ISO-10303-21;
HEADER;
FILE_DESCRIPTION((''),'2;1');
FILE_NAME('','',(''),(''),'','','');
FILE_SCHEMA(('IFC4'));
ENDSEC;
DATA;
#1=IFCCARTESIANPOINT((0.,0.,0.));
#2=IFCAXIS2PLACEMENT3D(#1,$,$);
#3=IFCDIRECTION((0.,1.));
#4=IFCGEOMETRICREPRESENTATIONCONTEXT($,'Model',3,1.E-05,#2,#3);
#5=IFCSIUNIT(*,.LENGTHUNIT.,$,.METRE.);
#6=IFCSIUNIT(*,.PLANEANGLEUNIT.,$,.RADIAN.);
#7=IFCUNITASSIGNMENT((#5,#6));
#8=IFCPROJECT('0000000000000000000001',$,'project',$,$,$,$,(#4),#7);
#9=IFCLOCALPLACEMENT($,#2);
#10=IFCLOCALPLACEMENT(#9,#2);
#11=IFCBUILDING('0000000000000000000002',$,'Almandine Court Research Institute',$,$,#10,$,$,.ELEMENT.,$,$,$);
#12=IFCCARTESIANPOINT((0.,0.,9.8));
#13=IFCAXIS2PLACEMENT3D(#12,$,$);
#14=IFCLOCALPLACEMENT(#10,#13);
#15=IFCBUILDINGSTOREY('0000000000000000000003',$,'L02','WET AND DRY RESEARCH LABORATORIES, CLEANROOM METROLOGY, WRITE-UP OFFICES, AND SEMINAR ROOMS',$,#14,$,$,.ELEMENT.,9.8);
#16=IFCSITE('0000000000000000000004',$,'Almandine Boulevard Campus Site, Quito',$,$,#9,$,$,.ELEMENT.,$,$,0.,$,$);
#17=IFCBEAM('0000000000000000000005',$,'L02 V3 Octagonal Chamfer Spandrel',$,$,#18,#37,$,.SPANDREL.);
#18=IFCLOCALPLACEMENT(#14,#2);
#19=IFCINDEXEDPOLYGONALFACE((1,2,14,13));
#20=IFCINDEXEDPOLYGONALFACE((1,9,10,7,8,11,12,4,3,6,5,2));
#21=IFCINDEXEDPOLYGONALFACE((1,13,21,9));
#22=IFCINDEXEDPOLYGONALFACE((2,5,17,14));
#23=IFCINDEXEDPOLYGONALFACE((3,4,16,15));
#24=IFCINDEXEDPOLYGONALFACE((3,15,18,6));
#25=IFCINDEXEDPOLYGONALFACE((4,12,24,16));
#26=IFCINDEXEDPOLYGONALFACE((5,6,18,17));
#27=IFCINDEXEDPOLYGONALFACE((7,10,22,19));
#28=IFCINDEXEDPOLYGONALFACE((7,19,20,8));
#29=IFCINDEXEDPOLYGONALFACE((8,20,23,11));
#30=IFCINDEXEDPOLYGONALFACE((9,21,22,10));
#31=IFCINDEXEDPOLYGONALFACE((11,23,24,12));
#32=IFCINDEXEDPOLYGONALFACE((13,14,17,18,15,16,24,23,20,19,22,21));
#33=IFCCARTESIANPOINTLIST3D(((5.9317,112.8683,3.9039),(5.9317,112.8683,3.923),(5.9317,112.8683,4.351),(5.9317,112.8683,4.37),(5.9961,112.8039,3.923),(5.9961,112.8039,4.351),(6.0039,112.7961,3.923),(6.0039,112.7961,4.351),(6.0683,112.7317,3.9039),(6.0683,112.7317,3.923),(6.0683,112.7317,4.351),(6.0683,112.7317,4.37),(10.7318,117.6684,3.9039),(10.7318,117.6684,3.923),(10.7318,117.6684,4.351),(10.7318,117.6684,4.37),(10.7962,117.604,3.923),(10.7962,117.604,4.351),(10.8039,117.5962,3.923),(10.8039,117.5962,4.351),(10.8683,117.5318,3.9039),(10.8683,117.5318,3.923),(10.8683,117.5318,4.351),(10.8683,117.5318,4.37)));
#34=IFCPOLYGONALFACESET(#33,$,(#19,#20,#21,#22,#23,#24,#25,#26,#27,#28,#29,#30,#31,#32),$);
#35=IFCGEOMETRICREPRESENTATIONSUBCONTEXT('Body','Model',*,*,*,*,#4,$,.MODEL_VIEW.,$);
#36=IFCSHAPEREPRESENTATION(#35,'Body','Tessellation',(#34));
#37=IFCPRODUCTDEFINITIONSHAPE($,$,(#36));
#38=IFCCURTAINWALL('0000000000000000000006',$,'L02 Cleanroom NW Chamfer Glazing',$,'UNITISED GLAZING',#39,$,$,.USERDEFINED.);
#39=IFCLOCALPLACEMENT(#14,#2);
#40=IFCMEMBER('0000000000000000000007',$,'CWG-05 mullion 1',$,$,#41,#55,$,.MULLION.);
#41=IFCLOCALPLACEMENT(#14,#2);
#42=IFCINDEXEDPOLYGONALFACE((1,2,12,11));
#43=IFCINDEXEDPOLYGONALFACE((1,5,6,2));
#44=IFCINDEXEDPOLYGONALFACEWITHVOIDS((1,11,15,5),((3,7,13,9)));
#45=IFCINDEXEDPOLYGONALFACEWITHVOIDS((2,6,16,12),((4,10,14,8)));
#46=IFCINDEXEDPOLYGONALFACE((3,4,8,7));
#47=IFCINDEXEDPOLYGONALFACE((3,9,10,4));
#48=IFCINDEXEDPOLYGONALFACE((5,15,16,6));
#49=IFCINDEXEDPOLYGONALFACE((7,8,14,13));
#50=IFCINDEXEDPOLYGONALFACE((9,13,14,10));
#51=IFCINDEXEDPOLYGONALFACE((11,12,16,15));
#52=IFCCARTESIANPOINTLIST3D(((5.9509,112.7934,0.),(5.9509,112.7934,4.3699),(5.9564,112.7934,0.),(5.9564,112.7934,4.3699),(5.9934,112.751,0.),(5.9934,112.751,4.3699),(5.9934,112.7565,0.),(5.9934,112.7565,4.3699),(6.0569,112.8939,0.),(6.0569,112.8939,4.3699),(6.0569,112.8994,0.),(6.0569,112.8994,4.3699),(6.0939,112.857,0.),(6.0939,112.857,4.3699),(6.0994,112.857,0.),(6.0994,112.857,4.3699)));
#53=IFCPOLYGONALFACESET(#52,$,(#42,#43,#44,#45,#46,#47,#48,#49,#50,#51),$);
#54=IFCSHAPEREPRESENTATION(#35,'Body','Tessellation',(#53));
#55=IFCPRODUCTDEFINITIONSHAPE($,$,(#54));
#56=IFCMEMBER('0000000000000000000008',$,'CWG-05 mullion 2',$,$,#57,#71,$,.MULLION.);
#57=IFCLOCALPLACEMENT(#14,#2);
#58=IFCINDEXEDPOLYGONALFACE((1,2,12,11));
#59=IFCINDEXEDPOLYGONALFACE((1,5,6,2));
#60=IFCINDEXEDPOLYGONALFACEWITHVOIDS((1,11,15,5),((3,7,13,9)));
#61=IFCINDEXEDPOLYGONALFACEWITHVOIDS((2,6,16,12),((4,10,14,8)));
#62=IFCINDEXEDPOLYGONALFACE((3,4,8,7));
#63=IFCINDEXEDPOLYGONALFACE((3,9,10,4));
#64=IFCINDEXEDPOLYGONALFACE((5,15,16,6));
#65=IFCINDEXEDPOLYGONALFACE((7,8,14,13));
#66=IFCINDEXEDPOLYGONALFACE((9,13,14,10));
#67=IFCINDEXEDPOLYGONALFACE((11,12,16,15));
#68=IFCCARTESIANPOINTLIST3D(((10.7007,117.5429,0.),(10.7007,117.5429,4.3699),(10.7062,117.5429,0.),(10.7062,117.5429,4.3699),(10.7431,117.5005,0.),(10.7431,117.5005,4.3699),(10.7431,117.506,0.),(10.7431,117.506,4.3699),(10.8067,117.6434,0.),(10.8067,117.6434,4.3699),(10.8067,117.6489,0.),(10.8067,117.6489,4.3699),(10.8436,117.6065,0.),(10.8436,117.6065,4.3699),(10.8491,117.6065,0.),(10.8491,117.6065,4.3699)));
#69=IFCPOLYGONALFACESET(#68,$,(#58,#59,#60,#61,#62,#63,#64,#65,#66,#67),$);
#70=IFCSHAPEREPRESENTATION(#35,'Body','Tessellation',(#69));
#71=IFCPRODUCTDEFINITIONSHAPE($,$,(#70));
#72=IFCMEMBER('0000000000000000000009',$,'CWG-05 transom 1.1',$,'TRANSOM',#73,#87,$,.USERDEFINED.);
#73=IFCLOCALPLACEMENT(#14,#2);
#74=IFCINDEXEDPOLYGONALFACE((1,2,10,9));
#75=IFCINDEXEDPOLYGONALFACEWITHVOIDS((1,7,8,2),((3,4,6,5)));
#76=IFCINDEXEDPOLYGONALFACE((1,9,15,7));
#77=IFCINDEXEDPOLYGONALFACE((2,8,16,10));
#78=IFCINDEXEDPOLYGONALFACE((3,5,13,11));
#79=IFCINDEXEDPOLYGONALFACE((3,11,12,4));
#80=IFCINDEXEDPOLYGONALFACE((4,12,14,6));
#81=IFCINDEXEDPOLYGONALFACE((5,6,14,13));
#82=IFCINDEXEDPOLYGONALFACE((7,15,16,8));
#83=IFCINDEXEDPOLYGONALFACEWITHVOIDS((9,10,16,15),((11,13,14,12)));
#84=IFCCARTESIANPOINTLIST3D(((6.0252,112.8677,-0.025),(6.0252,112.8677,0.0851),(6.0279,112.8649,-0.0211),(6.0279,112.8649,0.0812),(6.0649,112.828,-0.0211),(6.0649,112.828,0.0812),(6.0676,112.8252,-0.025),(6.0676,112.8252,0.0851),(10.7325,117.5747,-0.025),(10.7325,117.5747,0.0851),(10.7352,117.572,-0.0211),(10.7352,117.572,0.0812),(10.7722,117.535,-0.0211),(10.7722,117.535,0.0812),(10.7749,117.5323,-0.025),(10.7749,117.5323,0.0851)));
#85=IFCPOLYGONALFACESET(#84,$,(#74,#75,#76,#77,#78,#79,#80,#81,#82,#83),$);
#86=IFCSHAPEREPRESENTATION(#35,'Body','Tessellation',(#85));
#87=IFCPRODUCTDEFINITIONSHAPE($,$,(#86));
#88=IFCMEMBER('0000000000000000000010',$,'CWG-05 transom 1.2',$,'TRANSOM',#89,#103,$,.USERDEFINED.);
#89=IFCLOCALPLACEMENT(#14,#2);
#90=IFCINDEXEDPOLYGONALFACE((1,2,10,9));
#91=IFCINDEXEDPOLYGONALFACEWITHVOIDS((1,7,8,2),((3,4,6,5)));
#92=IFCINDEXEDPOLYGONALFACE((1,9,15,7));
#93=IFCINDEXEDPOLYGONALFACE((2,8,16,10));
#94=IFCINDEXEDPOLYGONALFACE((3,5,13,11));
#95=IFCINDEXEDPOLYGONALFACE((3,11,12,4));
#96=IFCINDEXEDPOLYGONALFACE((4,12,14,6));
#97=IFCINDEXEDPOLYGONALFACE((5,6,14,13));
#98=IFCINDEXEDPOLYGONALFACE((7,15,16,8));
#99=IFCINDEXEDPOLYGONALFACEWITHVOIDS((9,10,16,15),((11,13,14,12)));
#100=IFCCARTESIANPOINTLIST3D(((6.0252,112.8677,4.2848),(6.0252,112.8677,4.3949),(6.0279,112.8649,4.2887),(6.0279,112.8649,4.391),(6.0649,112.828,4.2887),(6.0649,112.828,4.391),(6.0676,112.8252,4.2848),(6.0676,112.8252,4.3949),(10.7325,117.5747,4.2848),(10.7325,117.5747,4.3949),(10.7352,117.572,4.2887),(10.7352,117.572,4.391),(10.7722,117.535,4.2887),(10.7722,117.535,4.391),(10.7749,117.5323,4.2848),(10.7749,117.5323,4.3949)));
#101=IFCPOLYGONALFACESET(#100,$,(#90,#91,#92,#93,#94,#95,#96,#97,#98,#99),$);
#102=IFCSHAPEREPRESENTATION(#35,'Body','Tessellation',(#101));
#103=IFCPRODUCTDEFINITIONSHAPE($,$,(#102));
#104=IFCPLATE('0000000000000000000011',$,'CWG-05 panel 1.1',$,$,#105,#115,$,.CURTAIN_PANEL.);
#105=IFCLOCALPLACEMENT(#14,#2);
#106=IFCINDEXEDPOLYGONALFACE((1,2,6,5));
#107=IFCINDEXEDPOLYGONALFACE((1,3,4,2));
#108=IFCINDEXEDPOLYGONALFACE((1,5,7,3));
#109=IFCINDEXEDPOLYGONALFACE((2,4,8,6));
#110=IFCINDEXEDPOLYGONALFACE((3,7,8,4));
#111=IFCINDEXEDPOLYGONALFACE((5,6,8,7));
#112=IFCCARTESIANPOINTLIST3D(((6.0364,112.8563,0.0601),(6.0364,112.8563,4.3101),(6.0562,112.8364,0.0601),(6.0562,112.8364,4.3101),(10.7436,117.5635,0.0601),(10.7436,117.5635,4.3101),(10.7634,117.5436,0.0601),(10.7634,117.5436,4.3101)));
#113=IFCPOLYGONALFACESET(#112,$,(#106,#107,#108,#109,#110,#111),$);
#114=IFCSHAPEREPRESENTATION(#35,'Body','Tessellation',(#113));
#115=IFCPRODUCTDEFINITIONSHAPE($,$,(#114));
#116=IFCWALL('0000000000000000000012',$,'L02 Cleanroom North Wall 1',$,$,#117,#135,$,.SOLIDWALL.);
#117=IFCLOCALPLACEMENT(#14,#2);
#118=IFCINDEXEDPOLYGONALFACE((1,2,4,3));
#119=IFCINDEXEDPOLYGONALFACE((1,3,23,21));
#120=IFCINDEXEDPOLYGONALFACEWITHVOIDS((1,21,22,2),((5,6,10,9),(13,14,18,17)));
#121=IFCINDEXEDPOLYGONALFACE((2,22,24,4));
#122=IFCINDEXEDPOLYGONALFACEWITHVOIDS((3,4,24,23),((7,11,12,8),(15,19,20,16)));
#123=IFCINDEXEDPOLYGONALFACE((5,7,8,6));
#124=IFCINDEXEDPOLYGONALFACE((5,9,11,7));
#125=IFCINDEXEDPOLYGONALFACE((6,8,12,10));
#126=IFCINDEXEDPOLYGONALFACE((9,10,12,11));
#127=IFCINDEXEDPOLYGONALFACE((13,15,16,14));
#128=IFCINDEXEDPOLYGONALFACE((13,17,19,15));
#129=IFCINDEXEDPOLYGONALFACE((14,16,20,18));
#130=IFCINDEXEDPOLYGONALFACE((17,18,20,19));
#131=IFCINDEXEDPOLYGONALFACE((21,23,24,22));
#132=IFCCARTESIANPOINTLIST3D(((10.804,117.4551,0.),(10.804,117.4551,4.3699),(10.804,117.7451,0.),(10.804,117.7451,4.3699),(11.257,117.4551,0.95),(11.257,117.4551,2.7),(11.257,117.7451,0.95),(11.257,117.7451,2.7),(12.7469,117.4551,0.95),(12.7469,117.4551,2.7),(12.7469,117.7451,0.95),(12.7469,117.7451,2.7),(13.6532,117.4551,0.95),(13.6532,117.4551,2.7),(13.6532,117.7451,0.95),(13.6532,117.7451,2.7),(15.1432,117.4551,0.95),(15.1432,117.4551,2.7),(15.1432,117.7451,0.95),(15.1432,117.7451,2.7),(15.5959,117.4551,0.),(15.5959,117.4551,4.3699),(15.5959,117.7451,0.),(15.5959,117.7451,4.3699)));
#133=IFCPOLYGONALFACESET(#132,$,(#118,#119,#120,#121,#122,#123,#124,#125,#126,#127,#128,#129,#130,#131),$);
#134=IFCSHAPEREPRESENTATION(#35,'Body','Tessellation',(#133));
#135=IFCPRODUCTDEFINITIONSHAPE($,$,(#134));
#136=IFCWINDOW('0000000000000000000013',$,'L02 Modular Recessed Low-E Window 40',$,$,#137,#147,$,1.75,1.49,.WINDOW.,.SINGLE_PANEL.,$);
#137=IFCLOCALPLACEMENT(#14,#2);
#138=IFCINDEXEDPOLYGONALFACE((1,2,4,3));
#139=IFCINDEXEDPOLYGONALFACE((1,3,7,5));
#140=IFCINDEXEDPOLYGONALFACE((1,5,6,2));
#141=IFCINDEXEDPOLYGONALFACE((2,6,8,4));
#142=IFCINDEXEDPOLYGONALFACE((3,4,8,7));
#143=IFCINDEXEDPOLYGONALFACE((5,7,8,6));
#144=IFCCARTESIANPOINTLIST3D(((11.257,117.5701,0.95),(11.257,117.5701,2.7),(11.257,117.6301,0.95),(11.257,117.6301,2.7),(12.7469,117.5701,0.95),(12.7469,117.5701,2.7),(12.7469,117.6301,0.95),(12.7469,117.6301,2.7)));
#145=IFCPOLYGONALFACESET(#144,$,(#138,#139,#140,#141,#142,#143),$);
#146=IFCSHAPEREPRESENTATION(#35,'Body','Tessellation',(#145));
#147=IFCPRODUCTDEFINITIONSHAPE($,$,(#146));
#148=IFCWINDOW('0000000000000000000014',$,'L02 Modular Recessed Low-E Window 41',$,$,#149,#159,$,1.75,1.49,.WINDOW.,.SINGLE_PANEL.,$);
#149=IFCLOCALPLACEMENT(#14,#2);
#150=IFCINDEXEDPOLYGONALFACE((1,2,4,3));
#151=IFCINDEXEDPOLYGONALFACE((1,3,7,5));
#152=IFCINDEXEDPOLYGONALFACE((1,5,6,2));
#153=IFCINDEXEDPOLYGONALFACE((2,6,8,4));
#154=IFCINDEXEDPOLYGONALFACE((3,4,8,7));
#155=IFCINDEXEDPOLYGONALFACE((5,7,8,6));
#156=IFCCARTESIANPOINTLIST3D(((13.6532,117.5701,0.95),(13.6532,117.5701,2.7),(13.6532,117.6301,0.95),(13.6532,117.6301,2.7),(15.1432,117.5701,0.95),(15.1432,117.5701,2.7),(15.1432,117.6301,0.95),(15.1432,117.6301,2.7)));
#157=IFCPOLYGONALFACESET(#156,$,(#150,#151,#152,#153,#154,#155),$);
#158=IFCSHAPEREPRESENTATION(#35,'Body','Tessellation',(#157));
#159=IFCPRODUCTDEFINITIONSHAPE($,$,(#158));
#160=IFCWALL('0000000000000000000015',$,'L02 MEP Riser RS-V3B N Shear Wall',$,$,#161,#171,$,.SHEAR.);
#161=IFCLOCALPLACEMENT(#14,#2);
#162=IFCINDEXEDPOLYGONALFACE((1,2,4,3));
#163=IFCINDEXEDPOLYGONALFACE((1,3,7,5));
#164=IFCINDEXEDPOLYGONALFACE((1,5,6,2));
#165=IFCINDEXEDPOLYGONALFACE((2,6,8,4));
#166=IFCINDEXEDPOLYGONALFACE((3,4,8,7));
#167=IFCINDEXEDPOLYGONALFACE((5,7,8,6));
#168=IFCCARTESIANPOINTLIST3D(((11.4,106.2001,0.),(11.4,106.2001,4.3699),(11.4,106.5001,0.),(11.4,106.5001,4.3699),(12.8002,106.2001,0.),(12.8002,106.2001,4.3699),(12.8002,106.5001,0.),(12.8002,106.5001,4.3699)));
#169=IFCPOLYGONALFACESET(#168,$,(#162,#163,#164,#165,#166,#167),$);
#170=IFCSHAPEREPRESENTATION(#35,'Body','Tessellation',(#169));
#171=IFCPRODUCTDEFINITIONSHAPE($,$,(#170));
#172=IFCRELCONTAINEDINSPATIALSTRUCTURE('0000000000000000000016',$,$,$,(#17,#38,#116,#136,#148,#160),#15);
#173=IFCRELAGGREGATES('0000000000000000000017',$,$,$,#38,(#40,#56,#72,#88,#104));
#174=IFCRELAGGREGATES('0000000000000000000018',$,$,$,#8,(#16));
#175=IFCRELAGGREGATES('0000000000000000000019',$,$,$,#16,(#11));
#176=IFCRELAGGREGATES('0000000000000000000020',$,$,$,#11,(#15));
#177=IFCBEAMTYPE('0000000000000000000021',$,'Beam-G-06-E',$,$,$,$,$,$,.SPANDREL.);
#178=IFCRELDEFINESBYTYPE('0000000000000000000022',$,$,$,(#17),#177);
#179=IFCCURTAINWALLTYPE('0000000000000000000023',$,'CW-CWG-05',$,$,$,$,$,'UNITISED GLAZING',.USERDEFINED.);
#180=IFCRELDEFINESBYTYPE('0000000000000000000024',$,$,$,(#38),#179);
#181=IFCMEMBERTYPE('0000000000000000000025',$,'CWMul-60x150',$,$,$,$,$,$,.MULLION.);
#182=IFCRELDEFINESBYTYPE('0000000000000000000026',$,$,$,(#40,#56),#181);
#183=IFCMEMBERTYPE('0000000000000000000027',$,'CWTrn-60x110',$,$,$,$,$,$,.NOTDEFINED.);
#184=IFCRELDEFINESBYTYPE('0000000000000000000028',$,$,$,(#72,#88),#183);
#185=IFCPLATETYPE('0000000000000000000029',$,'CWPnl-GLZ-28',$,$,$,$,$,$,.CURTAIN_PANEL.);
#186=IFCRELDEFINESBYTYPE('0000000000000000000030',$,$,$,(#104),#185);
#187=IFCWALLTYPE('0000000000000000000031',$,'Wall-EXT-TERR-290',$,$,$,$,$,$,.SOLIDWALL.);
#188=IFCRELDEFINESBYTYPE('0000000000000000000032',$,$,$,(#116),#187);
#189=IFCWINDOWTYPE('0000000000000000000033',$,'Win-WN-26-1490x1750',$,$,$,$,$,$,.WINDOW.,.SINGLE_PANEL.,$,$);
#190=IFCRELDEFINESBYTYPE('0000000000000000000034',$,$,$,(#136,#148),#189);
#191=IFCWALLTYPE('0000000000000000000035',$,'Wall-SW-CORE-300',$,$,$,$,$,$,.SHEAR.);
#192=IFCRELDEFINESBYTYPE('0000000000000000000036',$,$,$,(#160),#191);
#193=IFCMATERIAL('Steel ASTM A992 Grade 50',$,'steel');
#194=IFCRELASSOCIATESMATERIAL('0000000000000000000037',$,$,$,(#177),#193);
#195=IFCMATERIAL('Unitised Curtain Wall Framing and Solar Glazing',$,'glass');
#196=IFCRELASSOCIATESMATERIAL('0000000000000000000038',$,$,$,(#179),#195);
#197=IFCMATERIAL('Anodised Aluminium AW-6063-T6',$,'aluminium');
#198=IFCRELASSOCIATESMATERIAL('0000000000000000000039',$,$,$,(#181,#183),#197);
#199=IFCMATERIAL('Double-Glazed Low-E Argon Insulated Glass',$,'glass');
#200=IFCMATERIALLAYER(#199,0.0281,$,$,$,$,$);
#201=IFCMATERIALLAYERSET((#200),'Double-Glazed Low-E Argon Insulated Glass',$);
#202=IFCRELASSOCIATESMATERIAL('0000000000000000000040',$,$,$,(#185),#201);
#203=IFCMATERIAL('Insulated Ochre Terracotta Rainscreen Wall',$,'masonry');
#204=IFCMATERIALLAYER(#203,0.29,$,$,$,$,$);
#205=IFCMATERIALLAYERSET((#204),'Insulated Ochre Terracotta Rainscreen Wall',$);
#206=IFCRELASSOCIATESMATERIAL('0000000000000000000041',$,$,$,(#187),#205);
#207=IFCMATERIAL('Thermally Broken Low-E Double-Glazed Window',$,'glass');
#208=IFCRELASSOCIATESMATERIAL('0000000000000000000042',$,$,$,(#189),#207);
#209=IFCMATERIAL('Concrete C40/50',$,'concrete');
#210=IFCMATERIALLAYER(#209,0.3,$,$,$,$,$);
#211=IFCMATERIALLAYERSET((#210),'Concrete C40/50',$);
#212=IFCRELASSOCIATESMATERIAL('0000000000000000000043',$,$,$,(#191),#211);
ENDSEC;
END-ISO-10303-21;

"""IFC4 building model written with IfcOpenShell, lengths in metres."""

from ifc_helpers import new_model, si_unit, direction, frame, frame_2d, origin, origin_2d, place, context, subcontext, project, spatial, rectangle, hollow_rectangle, i_section, extrude, material, layer, layer_set, material_profile, profile_set, type_object, element, fill, aggregate, save


model = new_model("IFC4")

# Units and contexts
model_context = context("Model", 3, precision=1e-05, world=origin(), true_north=direction((0.0, 1.0)))
body_context = subcontext(model_context, "Body", "Model", "MODEL_VIEW")
ifc_project = project(units=[si_unit("LENGTHUNIT", "METRE"), si_unit("PLANEANGLEUNIT", "RADIAN")], contexts=[model_context])

# Site, building, storey
site_placement = place(None, origin())
site = spatial("IfcSite", under=ifc_project, at=site_placement, Name="Almandine Boulevard Campus Site, Quito", CompositionType="ELEMENT", RefElevation=0.0)
building_placement = place(site_placement, origin())
building = spatial("IfcBuilding", under=site, at=building_placement, Name="Almandine Court Research Institute", CompositionType="ELEMENT")
storey_placement = place(building_placement, frame((0.0, 0.0, 9.8)))
storey = spatial("IfcBuildingStorey", under=building, at=storey_placement, Name="L02", Description="WET AND DRY RESEARCH LABORATORIES, CLEANROOM METROLOGY, WRITE-UP OFFICES, AND SEMINAR ROOMS", CompositionType="ELEMENT", Elevation=9.8)

# Shared definitions
ifc_material_1 = material(Name="Steel ASTM A992 Grade 50", Category="steel")

# Beam
ifc_material_profile_1 = material_profile(ifc_material_1, i_section(OverallWidth=0.1931, OverallDepth=0.4661, WebThickness=0.011, FlangeThickness=0.019, at=origin_2d()), Name="W460x97")
ifc_profile_set_1 = profile_set([ifc_material_profile_1], Name="Steel ASTM A992 Grade 50")
beam_type_1 = type_object("IfcBeamType", Name="Beam-G-06-E", PredefinedType="SPANDREL", material=ifc_profile_set_1)
beam_1_placement = place(storey_placement, frame((10.8, 117.6001, 4.137), z_axis=(-0.707107, -0.707107, 0.0), x_axis=(0.707107, -0.707107, 0.0)))
element("IfcBeam", 1, at=beam_1_placement, inside=storey, type_object=beam_type_1, Name="L02 V3 Octagonal Chamfer Spandrel", PredefinedType="SPANDREL", context=body_context, shape_type="SweptSolid", body=[
    extrude(i_section(OverallWidth=0.1931, OverallDepth=0.4661, WebThickness=0.011, FlangeThickness=0.019, at=origin_2d()), origin(), (0.0, 0.0, 1.0), 6.7883),
])

# Curtain wall, members, plate
ifc_material_2 = material(Name="Unitised Curtain Wall Framing and Solar Glazing", Category="glass")
curtain_wall_type = type_object("IfcCurtainWallType", Name="CW-CWG-05", ElementType="UNITISED GLAZING", PredefinedType="USERDEFINED", material=ifc_material_2)
curtain_wall_placement = place(storey_placement, origin())
curtain_wall = element("IfcCurtainWall", 2, at=curtain_wall_placement, inside=storey, type_object=curtain_wall_type, Name="L02 Cleanroom NW Chamfer Glazing", ObjectType="UNITISED GLAZING", PredefinedType="USERDEFINED")
ifc_material_3 = material(Name="Anodised Aluminium AW-6063-T6", Category="aluminium")
ifc_material_profile_2 = material_profile(ifc_material_3, hollow_rectangle(XDim=0.0601, YDim=0.1499, WallThickness=0.0039, at=origin_2d()), Name="ALU RHS 60x150x4")
ifc_profile_set_2 = profile_set([ifc_material_profile_2], Name="Anodised Aluminium AW-6063-T6")
member_type_1 = type_object("IfcMemberType", Name="CWMul-60x150", PredefinedType="MULLION", material=ifc_profile_set_2)
member_1_placement = place(storey_placement, frame((6.0251, 112.8252, 0.0), z_axis=(0.0, 0.0, 1.0), x_axis=(-0.707107, 0.707107, 0.0)))
member_1 = element("IfcMember", 3, at=member_1_placement, type_object=member_type_1, Name="CWG-05 mullion 1", PredefinedType="MULLION", context=body_context, shape_type="SweptSolid", body=[
    extrude(hollow_rectangle(XDim=0.0601, YDim=0.1499, WallThickness=0.0039, at=origin_2d()), origin(), (0.0, 0.0, 1.0), 4.3699),
])
member_2_placement = place(storey_placement, frame((10.7749, 117.5747, 0.0), z_axis=(0.0, 0.0, 1.0), x_axis=(-0.707107, 0.707107, 0.0)))
member_2 = element("IfcMember", 4, at=member_2_placement, type_object=member_type_1, Name="CWG-05 mullion 2", PredefinedType="MULLION", context=body_context, shape_type="SweptSolid", body=[
    extrude(hollow_rectangle(XDim=0.0601, YDim=0.1499, WallThickness=0.0039, at=origin_2d()), origin(), (0.0, 0.0, 1.0), 4.3699),
])
ifc_material_profile_3 = material_profile(ifc_material_3, hollow_rectangle(XDim=0.0601, YDim=0.1101, WallThickness=0.0039, at=origin_2d()), Name="ALU RHS 60x110x4")
ifc_profile_set_3 = profile_set([ifc_material_profile_3], Name="Anodised Aluminium AW-6063-T6")
member_type_2 = type_object("IfcMemberType", Name="CWTrn-60x110", PredefinedType="NOTDEFINED", material=ifc_profile_set_3)
member_3_placement = place(storey_placement, frame((6.0464, 112.8464, 0.03), z_axis=(0.707125, 0.707088, 0.0), x_axis=(-0.707088, 0.707125, 0.0)))
member_3 = element("IfcMember", 5, at=member_3_placement, type_object=member_type_2, Name="CWG-05 transom 1.1", ObjectType="TRANSOM", PredefinedType="USERDEFINED", context=body_context, shape_type="SweptSolid", body=[
    extrude(hollow_rectangle(XDim=0.0601, YDim=0.1101, WallThickness=0.0039, at=origin_2d()), origin(), (0.0, 0.0, 1.0), 6.657),
])
member_4_placement = place(storey_placement, frame((6.0464, 112.8464, 4.3398), z_axis=(0.707125, 0.707088, 0.0), x_axis=(-0.707088, 0.707125, 0.0)))
member_4 = element("IfcMember", 6, at=member_4_placement, type_object=member_type_2, Name="CWG-05 transom 1.2", ObjectType="TRANSOM", PredefinedType="USERDEFINED", context=body_context, shape_type="SweptSolid", body=[
    extrude(hollow_rectangle(XDim=0.0601, YDim=0.1101, WallThickness=0.0039, at=origin_2d()), origin(), (0.0, 0.0, 1.0), 6.657),
])
ifc_material_4 = material(Name="Double-Glazed Low-E Argon Insulated Glass", Category="glass")
ifc_layer_1 = layer(ifc_material_4, 0.0281)
ifc_layer_set_1 = layer_set([ifc_layer_1], Name="Double-Glazed Low-E Argon Insulated Glass")
plate_type = type_object("IfcPlateType", Name="CWPnl-GLZ-28", PredefinedType="CURTAIN_PANEL", material=ifc_layer_set_1)
plate_placement = place(storey_placement, frame((8.3999, 115.2, 0.0601), z_axis=(0.0, 0.0, 1.0), x_axis=(0.707107, 0.707107, 0.0)))
plate = element("IfcPlate", 7, at=plate_placement, type_object=plate_type, Name="CWG-05 panel 1.1", PredefinedType="CURTAIN_PANEL", context=body_context, shape_type="SweptSolid", body=[
    extrude(rectangle(XDim=6.657, YDim=0.0281, at=origin_2d()), origin(), (0.0, 0.0, 1.0), 4.25),
])
aggregate(curtain_wall, [member_1, member_2, member_3, member_4, plate])

# Wall, openings, windows
ifc_material_5 = material(Name="Insulated Ochre Terracotta Rainscreen Wall", Category="masonry")
ifc_layer_2 = layer(ifc_material_5, 0.29)
ifc_layer_set_2 = layer_set([ifc_layer_2], Name="Insulated Ochre Terracotta Rainscreen Wall")
wall_type_1 = type_object("IfcWallType", Name="Wall-EXT-TERR-290", PredefinedType="SOLIDWALL", material=ifc_layer_set_2)
wall_1_placement = place(storey_placement, frame((10.804, 117.6001, 0.0), z_axis=(0.0, 0.0, 1.0), x_axis=(1.0, 0.0, 0.0)))
wall_1 = element("IfcWall", 8, at=wall_1_placement, inside=storey, type_object=wall_type_1, Name="L02 Cleanroom North Wall 1", PredefinedType="SOLIDWALL", context=body_context, shape_type="SweptSolid", body=[
    extrude(rectangle(XDim=4.792, YDim=0.29, at=frame_2d((2.396, 0.0))), origin(), (0.0, 0.0, 1.0), 4.3699),
])
opening_1_placement = place(wall_1_placement, frame((0.4529, 0.0, 0.95)))
opening_1 = element("IfcOpeningElement", 9, at=opening_1_placement, cuts=wall_1, PredefinedType="OPENING", context=body_context, shape_type="SweptSolid", body=[
    extrude(rectangle(XDim=1.49, YDim=1.75, at=frame_2d((0.7451, 0.875))), frame((0.0, 0.155, 0.0), z_axis=(0.0, -1.0, 0.0), x_axis=(1.0, 0.0, 0.0)), (0.0, 0.0, 1.0), 0.3101),
])
opening_2_placement = place(wall_1_placement, frame((2.8491, 0.0, 0.95)))
opening_2 = element("IfcOpeningElement", 10, at=opening_2_placement, cuts=wall_1, PredefinedType="OPENING", context=body_context, shape_type="SweptSolid", body=[
    extrude(rectangle(XDim=1.49, YDim=1.75, at=frame_2d((0.7451, 0.875))), frame((0.0, 0.155, 0.0), z_axis=(0.0, -1.0, 0.0), x_axis=(1.0, 0.0, 0.0)), (0.0, 0.0, 1.0), 0.3101),
])
ifc_material_6 = material(Name="Thermally Broken Low-E Double-Glazed Window", Category="glass")
window_type = type_object("IfcWindowType", Name="Win-WN-26-1490x1750", PartitioningType="SINGLE_PANEL", PredefinedType="WINDOW", material=ifc_material_6)
window_1_placement = place(opening_1_placement, origin())
window_1 = element("IfcWindow", 11, at=window_1_placement, inside=storey, type_object=window_type, Name="L02 Modular Recessed Low-E Window 40", OverallHeight=1.75, OverallWidth=1.49, PartitioningType="SINGLE_PANEL", PredefinedType="WINDOW", context=body_context, shape_type="SweptSolid", body=[
    extrude(rectangle(XDim=1.49, YDim=1.75, at=frame_2d((0.7451, 0.875))), frame((0.0, 0.03, 0.0), z_axis=(0.0, -1.0, 0.0), x_axis=(1.0, 0.0, 0.0)), (0.0, 0.0, 1.0), 0.0601),
])
fill(opening_1, window_1)
window_2_placement = place(opening_2_placement, origin())
window_2 = element("IfcWindow", 12, at=window_2_placement, inside=storey, type_object=window_type, Name="L02 Modular Recessed Low-E Window 41", OverallHeight=1.75, OverallWidth=1.49, PartitioningType="SINGLE_PANEL", PredefinedType="WINDOW", context=body_context, shape_type="SweptSolid", body=[
    extrude(rectangle(XDim=1.49, YDim=1.75, at=frame_2d((0.7451, 0.875))), frame((0.0, 0.03, 0.0), z_axis=(0.0, -1.0, 0.0), x_axis=(1.0, 0.0, 0.0)), (0.0, 0.0, 1.0), 0.0601),
])
fill(opening_2, window_2)

# Wall
ifc_material_7 = material(Name="Concrete C40/50", Category="concrete")
ifc_layer_3 = layer(ifc_material_7, 0.3)
ifc_layer_set_3 = layer_set([ifc_layer_3], Name="Concrete C40/50")
wall_type_2 = type_object("IfcWallType", Name="Wall-SW-CORE-300", PredefinedType="SHEAR", material=ifc_layer_set_3)
wall_2_placement = place(storey_placement, frame((11.3999, 106.3501, 0.0), z_axis=(0.0, 0.0, 1.0), x_axis=(1.0, 0.0, 0.0)))
element("IfcWall", 13, at=wall_2_placement, inside=storey, type_object=wall_type_2, Name="L02 MEP Riser RS-V3B N Shear Wall", PredefinedType="SHEAR", context=body_context, shape_type="SweptSolid", body=[
    extrude(rectangle(XDim=1.4001, YDim=0.3, at=frame_2d((0.7002, 0.0))), origin(), (0.0, 0.0, 1.0), 4.3699),
])

save(model, "model.ifc")
